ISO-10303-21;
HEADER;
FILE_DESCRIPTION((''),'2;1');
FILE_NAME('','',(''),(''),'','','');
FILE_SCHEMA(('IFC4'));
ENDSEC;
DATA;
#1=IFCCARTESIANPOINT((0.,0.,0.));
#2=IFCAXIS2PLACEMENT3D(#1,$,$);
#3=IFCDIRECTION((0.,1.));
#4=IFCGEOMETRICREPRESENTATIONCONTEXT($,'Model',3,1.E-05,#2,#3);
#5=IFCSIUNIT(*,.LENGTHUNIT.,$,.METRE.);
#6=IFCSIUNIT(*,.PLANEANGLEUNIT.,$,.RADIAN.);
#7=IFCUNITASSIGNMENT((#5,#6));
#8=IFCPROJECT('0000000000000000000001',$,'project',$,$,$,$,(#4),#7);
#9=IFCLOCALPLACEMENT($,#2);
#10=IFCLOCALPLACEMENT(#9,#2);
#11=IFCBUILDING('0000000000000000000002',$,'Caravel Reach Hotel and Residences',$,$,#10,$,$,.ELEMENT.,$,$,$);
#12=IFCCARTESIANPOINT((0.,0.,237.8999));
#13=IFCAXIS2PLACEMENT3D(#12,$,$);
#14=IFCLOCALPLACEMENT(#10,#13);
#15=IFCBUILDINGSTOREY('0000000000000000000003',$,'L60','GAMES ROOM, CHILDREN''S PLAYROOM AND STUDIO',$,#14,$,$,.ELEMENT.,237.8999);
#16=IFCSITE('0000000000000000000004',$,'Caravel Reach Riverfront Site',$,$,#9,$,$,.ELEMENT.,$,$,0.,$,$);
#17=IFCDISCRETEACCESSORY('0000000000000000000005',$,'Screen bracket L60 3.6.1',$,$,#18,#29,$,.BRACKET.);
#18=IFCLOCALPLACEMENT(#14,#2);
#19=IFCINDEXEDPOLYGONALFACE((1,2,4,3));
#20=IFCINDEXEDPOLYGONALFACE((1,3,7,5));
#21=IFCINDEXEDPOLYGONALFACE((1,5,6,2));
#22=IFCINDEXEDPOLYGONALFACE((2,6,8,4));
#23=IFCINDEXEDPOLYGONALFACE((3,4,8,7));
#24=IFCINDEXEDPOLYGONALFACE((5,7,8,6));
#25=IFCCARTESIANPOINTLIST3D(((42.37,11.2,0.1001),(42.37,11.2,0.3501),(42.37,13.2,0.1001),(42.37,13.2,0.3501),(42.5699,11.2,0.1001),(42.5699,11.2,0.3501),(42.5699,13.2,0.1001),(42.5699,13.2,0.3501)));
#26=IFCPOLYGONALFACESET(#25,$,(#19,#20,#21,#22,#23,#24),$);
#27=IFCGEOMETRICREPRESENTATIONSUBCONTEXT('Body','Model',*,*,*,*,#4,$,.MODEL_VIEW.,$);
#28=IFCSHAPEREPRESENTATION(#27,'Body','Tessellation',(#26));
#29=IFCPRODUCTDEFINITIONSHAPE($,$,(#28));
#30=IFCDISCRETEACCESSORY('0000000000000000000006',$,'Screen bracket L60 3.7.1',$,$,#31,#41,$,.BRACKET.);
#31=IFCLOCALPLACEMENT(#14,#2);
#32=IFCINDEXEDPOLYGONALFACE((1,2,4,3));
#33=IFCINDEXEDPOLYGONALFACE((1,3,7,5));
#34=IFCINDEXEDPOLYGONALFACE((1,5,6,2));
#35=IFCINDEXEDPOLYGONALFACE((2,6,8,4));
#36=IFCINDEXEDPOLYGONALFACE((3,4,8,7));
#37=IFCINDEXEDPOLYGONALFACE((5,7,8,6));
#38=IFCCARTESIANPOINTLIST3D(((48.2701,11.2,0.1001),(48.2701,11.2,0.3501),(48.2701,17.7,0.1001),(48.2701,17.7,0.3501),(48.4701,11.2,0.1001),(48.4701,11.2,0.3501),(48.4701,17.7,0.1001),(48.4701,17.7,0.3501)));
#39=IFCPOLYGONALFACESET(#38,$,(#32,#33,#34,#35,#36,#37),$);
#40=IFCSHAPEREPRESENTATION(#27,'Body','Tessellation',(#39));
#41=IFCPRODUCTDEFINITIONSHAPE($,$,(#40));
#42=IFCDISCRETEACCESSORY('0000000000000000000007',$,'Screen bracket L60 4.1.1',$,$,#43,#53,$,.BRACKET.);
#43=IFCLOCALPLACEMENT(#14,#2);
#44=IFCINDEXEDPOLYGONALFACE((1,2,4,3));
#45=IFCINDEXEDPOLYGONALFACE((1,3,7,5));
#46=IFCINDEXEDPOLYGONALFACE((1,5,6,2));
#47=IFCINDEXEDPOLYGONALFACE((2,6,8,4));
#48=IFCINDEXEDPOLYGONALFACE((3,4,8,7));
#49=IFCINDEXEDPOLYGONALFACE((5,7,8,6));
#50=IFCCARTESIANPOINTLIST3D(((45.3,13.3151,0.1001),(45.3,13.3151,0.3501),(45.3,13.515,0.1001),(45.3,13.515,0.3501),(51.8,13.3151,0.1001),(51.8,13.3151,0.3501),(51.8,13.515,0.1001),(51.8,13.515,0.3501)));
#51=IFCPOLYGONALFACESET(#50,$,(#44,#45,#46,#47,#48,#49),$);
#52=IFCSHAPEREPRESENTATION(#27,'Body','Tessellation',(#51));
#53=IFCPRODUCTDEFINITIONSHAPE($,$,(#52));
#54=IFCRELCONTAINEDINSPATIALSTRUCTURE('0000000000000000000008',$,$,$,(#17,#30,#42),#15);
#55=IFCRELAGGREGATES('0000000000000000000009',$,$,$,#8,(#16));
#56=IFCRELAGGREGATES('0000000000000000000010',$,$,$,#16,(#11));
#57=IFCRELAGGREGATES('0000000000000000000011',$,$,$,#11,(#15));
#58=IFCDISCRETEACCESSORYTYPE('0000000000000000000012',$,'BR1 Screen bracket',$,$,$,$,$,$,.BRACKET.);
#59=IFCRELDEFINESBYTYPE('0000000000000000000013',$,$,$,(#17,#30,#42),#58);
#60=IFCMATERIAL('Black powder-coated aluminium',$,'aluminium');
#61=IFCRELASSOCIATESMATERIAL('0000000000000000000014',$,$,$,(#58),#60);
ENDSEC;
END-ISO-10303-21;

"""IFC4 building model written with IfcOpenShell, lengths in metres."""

from ifc_helpers import new_model, si_unit, direction, frame, origin, origin_2d, place, context, subcontext, project, spatial, rectangle, extrude, material, type_object, element, save


model = new_model("IFC4")

# Units and contexts
model_context = context("Model", 3, precision=1e-05, world=origin(), true_north=direction((0.0, 1.0)))
body_context = subcontext(model_context, "Body", "Model", "MODEL_VIEW")
ifc_project = project(units=[si_unit("LENGTHUNIT", "METRE"), si_unit("PLANEANGLEUNIT", "RADIAN")], contexts=[model_context])

# Site, building, storey
site_placement = place(None, origin())
site = spatial("IfcSite", under=ifc_project, at=site_placement, Name="Caravel Reach Riverfront Site", CompositionType="ELEMENT", RefElevation=0.0)
building_placement = place(site_placement, origin())
building = spatial("IfcBuilding", under=site, at=building_placement, Name="Caravel Reach Hotel and Residences", CompositionType="ELEMENT")
storey_placement = place(building_placement, frame((0.0, 0.0, 237.8999)))
storey = spatial("IfcBuildingStorey", under=building, at=storey_placement, Name="L60", Description="GAMES ROOM, CHILDREN'S PLAYROOM AND STUDIO", CompositionType="ELEMENT", Elevation=237.8999)

# Discrete accessories
ifc_material_1 = material(Name="Black powder-coated aluminium", Category="aluminium")
discrete_accessory_type = type_object("IfcDiscreteAccessoryType", Name="BR1 Screen bracket", PredefinedType="BRACKET", material=ifc_material_1)
discrete_accessory_placement = place(storey_placement, frame((42.47, 12.2, 0.1001), z_axis=(0.0, 0.0, 1.0), x_axis=(0.0, -1.0, 0.0)))
element("IfcDiscreteAccessory", 1, at=discrete_accessory_placement, inside=storey, type_object=discrete_accessory_type, Name="Screen bracket L60 3.6.1", PredefinedType="BRACKET", context=body_context, shape_type="SweptSolid", body=[
    extrude(rectangle(XDim=2.0, YDim=0.2, at=origin_2d()), origin(), (0.0, 0.0, 1.0), 0.25),
])
for number, where, z_axis, x_axis, name in (
    (2, (48.3701, 14.45, 0.1001), (0.0, 0.0, 1.0), (0.0, -1.0, 0.0), "Screen bracket L60 3.7.1"),
    (3, (48.55, 13.415, 0.1001), (0.0, 0.0, 1.0), (1.0, 0.0, 0.0), "Screen bracket L60 4.1.1"),
):
    element("IfcDiscreteAccessory", number, at=place(storey_placement, frame(where, z_axis=z_axis, x_axis=x_axis)), inside=storey, type_object=discrete_accessory_type, Name=name, PredefinedType="BRACKET", context=body_context, shape_type="SweptSolid", body=[
        extrude(rectangle(XDim=6.5, YDim=0.2, at=origin_2d()), origin(), (0.0, 0.0, 1.0), 0.25),
    ])

save(model, "model.ifc")
